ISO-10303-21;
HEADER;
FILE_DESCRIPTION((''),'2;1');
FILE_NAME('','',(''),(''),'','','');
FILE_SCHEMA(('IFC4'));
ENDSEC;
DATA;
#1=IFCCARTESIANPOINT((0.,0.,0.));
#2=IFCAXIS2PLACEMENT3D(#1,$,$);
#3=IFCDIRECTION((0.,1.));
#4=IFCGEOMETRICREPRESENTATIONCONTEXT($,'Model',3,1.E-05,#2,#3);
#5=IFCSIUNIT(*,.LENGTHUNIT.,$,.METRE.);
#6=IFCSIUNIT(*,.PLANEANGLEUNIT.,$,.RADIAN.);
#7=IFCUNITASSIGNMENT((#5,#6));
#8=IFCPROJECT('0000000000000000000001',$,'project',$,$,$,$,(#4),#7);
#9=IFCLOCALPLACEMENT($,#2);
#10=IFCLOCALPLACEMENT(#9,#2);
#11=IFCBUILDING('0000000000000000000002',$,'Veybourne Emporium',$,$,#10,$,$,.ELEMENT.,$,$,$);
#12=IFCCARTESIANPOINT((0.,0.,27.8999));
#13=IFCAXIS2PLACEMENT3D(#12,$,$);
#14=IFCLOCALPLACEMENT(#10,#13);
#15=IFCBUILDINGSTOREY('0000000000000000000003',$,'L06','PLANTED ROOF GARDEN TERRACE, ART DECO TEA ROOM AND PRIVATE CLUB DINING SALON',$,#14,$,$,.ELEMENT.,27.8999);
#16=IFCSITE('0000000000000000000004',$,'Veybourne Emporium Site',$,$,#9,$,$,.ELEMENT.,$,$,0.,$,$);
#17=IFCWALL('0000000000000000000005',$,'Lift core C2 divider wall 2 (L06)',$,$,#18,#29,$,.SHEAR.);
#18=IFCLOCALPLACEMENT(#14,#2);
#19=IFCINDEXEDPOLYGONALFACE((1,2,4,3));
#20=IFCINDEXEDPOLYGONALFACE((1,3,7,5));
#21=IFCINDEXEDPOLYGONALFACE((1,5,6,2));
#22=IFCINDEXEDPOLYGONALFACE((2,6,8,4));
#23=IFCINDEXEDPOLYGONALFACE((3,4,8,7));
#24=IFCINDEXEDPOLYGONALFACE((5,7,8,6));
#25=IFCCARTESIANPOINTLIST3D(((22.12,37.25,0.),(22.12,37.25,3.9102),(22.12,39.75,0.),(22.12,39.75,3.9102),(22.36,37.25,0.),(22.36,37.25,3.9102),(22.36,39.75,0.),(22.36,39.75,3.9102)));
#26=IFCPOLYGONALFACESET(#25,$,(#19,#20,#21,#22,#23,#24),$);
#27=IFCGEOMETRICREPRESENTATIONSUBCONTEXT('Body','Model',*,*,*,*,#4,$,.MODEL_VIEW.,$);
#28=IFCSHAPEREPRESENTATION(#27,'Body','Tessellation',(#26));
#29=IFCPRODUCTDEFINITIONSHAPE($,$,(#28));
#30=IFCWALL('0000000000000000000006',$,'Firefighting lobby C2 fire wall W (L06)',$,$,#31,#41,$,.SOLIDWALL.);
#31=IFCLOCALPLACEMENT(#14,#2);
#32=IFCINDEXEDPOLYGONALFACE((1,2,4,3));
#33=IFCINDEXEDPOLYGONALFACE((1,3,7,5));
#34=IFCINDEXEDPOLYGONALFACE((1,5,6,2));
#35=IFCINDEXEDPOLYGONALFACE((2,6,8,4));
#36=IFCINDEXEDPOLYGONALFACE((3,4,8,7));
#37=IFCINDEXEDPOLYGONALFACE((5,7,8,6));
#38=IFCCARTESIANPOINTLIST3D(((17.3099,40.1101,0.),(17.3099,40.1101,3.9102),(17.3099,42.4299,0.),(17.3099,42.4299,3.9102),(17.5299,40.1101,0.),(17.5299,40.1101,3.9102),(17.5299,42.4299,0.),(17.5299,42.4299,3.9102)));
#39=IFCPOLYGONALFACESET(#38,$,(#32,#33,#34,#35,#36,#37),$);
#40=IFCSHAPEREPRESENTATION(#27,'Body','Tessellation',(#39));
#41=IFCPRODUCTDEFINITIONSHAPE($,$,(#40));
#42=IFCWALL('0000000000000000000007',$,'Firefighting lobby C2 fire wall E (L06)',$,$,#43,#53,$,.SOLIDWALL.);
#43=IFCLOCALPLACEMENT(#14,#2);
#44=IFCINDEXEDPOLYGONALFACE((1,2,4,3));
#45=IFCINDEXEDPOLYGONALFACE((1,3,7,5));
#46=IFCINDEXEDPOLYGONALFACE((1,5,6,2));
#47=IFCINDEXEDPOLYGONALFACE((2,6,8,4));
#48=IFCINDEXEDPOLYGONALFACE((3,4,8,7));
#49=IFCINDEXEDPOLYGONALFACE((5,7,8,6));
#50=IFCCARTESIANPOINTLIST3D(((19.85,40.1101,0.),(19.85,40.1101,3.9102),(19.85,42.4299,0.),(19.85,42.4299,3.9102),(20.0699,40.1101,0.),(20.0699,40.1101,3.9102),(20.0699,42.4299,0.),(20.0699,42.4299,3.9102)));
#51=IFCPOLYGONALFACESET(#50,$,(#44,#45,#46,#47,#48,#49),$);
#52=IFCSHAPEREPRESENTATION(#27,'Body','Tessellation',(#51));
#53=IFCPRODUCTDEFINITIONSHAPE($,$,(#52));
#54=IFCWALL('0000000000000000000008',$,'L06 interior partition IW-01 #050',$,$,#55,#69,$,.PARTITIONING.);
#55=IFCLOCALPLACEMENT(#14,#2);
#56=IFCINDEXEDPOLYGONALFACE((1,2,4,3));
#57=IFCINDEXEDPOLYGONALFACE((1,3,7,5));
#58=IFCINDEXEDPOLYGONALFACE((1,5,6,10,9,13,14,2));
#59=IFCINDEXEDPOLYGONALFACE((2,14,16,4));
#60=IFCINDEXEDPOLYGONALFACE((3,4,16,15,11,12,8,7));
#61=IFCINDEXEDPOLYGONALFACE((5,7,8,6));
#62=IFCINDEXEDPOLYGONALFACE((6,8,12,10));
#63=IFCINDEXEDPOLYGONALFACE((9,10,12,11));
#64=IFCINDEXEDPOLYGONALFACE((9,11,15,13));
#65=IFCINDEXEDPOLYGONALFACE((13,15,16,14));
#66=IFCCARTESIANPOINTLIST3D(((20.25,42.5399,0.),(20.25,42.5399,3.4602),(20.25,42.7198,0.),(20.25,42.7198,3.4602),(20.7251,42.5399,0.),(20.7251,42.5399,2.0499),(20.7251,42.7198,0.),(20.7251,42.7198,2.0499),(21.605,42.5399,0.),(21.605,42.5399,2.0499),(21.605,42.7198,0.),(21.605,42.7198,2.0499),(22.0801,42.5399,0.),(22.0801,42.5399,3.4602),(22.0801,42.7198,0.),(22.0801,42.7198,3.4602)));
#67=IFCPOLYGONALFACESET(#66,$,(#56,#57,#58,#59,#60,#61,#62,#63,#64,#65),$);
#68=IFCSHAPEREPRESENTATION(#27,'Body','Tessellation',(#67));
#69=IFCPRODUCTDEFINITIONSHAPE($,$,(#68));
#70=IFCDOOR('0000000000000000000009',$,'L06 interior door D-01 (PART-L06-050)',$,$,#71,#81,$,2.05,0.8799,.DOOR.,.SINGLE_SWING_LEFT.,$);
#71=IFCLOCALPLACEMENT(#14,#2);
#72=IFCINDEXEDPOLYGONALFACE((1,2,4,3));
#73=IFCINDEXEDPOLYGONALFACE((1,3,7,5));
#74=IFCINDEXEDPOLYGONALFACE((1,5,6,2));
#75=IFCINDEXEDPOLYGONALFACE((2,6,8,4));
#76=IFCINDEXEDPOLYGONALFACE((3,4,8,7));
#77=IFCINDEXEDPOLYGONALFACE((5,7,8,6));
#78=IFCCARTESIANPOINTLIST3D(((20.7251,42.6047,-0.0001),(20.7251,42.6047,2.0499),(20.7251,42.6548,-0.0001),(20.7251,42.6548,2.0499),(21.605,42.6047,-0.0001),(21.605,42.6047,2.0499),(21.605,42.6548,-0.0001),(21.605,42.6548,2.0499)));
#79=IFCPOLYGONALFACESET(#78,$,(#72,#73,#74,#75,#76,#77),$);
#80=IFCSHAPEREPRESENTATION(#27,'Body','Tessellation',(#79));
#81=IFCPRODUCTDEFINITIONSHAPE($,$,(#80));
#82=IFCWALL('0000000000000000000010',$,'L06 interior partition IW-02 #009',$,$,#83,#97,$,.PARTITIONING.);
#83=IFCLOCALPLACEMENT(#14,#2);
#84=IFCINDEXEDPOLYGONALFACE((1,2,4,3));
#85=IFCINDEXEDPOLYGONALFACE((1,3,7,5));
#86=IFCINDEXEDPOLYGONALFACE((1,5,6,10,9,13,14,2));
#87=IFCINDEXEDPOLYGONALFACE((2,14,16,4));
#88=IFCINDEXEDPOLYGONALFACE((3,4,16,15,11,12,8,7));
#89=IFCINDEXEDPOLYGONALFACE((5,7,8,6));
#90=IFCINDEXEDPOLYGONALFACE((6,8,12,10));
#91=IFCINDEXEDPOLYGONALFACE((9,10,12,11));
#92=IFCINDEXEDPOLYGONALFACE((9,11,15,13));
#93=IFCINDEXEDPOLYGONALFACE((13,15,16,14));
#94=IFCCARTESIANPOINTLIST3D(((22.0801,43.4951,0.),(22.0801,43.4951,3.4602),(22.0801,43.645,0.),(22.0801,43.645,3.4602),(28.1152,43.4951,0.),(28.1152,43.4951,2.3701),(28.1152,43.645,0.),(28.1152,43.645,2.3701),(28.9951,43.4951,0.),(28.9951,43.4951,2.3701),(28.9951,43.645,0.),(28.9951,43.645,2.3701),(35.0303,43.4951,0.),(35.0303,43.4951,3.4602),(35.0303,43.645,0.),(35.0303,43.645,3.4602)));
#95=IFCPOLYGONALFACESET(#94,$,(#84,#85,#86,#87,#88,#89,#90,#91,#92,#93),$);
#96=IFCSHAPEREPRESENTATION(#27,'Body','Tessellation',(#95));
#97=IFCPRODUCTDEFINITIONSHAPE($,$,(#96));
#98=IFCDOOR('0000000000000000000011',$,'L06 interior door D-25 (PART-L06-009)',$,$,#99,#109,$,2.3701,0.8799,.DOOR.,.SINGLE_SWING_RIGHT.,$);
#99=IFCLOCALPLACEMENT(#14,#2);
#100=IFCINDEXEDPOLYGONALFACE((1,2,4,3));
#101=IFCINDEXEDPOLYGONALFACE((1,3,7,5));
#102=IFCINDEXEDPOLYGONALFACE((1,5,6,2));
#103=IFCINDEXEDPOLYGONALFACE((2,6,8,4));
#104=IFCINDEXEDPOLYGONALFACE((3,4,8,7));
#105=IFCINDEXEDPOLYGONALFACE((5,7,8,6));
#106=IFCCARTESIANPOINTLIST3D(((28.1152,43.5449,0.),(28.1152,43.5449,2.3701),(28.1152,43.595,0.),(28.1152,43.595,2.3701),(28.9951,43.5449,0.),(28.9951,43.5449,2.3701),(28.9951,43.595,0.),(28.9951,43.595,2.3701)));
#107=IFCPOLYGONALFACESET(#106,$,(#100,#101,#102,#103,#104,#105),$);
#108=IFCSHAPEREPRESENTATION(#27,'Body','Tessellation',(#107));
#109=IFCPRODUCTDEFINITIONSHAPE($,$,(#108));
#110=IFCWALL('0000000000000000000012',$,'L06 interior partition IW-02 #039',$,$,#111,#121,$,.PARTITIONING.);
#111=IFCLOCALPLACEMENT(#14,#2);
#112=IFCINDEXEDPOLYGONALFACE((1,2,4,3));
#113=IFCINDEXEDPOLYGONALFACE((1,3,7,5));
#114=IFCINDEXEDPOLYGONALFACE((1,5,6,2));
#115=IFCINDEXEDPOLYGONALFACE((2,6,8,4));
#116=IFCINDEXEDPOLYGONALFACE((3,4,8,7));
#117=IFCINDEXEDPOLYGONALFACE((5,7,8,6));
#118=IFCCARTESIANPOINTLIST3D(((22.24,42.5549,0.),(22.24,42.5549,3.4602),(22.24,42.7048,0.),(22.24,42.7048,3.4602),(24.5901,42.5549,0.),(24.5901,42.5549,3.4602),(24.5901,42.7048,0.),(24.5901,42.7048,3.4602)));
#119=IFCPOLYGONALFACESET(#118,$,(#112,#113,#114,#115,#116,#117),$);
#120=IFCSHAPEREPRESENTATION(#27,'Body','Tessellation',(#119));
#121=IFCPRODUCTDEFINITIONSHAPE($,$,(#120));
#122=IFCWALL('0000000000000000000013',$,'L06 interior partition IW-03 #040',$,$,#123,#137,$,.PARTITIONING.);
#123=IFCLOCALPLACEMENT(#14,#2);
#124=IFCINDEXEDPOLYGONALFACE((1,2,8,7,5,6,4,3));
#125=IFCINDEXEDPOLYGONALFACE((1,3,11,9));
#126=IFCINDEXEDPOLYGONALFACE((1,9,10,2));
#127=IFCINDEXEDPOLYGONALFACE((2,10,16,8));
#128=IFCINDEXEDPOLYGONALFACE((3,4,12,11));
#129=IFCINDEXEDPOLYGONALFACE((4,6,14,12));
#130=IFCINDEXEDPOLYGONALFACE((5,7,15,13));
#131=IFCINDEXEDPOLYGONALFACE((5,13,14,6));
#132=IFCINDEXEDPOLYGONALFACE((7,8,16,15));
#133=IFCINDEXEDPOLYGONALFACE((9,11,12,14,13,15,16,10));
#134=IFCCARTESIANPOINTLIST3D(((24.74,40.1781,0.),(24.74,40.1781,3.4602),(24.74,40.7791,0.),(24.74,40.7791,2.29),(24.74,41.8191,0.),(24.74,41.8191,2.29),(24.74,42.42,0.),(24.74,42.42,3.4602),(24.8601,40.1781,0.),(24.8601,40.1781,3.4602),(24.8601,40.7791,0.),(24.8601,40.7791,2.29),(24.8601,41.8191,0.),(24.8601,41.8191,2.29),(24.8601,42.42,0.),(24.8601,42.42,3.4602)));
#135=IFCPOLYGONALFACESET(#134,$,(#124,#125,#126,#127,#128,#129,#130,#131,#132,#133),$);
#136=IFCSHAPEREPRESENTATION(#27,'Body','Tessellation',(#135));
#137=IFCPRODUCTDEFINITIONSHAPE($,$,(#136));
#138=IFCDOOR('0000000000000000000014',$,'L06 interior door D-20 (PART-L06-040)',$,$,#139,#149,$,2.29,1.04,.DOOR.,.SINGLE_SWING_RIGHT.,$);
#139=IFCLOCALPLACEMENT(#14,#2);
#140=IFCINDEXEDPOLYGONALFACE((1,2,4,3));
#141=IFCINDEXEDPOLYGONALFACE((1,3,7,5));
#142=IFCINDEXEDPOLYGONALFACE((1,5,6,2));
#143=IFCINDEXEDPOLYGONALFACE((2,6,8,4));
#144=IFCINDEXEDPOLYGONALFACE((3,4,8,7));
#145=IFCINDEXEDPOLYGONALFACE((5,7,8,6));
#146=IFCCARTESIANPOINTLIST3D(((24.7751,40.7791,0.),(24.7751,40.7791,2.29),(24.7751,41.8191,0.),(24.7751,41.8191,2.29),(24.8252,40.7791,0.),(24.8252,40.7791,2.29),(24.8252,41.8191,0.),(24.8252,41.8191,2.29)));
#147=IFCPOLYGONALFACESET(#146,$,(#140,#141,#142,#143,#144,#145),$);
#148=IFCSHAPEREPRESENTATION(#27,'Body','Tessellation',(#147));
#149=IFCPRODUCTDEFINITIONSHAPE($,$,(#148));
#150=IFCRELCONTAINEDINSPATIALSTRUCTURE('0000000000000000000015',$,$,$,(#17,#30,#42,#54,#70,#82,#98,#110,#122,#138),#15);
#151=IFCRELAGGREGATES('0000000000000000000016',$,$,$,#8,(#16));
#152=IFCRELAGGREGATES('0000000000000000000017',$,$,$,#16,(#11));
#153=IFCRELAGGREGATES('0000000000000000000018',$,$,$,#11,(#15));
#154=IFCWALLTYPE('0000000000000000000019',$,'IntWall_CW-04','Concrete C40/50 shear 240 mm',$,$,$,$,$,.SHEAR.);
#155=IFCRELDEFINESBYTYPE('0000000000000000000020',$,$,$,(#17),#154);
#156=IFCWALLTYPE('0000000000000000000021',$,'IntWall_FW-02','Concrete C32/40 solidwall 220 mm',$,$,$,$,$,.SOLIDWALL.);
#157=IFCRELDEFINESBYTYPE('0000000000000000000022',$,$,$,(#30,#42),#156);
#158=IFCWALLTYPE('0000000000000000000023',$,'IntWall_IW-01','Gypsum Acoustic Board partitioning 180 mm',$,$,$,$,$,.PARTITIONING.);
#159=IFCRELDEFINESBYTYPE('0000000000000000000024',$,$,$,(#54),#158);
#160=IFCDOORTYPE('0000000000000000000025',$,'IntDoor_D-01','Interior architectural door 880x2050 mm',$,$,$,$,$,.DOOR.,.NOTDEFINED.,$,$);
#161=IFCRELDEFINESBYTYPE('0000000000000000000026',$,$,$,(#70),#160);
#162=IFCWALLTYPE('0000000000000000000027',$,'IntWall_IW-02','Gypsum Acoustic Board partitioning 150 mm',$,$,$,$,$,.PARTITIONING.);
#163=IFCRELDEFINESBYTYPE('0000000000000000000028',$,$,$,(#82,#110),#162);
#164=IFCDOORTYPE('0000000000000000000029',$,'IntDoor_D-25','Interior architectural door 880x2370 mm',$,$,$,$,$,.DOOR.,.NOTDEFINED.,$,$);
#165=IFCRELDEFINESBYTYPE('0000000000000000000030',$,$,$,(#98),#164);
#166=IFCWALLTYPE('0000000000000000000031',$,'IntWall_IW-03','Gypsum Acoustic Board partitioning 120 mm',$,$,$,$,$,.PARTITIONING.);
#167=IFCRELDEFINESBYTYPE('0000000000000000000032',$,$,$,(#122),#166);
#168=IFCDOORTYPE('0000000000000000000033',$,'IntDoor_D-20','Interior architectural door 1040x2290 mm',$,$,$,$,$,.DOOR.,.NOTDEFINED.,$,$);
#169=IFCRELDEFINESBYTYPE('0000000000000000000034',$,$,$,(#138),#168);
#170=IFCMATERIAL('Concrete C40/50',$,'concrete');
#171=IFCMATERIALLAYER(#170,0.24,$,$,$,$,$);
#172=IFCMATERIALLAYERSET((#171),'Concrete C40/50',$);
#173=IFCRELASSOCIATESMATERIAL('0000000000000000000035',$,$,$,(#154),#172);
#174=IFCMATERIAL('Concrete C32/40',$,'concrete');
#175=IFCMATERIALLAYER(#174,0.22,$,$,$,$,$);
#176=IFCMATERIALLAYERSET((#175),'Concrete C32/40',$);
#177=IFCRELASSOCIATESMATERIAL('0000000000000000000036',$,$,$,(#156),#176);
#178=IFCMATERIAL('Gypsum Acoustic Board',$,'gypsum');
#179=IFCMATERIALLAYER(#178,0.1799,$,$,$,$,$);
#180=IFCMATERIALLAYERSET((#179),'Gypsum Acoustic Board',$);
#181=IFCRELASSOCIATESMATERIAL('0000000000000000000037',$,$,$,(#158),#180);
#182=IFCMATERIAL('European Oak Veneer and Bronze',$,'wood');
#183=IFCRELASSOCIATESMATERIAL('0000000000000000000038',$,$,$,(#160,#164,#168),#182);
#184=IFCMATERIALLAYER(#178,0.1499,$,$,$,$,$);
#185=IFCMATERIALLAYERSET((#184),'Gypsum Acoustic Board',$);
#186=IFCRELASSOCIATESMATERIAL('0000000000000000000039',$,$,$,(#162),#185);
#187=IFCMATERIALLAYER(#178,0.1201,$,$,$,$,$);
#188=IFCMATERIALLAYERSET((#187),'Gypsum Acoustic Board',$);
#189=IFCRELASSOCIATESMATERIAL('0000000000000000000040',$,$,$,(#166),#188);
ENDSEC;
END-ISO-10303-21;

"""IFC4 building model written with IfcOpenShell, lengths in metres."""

from ifc_helpers import new_model, si_unit, direction, frame, frame_2d, origin, place, context, subcontext, project, spatial, rectangle, extrude, material, layer, layer_set, type_object, element, fill, save


model = new_model("IFC4")

# Units and contexts
model_context = context("Model", 3, precision=1e-05, world=origin(), true_north=direction((0.0, 1.0)))
body_context = subcontext(model_context, "Body", "Model", "MODEL_VIEW")
ifc_project = project(units=[si_unit("LENGTHUNIT", "METRE"), si_unit("PLANEANGLEUNIT", "RADIAN")], contexts=[model_context])

# Site, building, storey
site_placement = place(None, origin())
site = spatial("IfcSite", under=ifc_project, at=site_placement, Name="Veybourne Emporium Site", CompositionType="ELEMENT", RefElevation=0.0)
building_placement = place(site_placement, origin())
building = spatial("IfcBuilding", under=site, at=building_placement, Name="Veybourne Emporium", CompositionType="ELEMENT")
storey_placement = place(building_placement, frame((0.0, 0.0, 27.8999)))
storey = spatial("IfcBuildingStorey", under=building, at=storey_placement, Name="L06", Description="PLANTED ROOF GARDEN TERRACE, ART DECO TEA ROOM AND PRIVATE CLUB DINING SALON", CompositionType="ELEMENT", Elevation=27.8999)

# Shared definitions
ifc_material_1 = material(Name="Concrete C40/50", Category="concrete")

# Shared definitions
ifc_material_2 = material(Name="Concrete C32/40", Category="concrete")

# Shared definitions
ifc_layer_1 = layer(ifc_material_1, 0.24)
ifc_layer_set_1 = layer_set([ifc_layer_1], Name="Concrete C40/50")
wall_type_1 = type_object("IfcWallType", Name="IntWall_CW-04", Description="Concrete C40/50 shear 240 mm", PredefinedType="SHEAR", material=ifc_layer_set_1)

# Wall
for number, where, z_axis, x_axis, name in (
    (1, (22.24, 37.25, 0.0), (0.0, 0.0, 1.0), (0.0, 1.0, 0.0), "Lift core C2 divider wall 2 (L06)"),
):
    element("IfcWall", number, at=place(storey_placement, frame(where, z_axis=z_axis, x_axis=x_axis)), inside=storey, type_object=wall_type_1, Name=name, PredefinedType="SHEAR", context=body_context, shape_type="SweptSolid", body=[
        extrude(rectangle(XDim=2.5, YDim=0.24, at=frame_2d((1.25, 0.0))), origin(), (0.0, 0.0, 1.0), 3.9102),
    ])

# Shared definitions
ifc_layer_2 = layer(ifc_material_2, 0.22)
ifc_layer_set_2 = layer_set([ifc_layer_2], Name="Concrete C32/40")
wall_type_2 = type_object("IfcWallType", Name="IntWall_FW-02", Description="Concrete C32/40 solidwall 220 mm", PredefinedType="SOLIDWALL", material=ifc_layer_set_2)

# Walls
for number, where, z_axis, x_axis, name in (
    (2, (17.4199, 40.1101, 0.0), (0.0, 0.0, 1.0), (0.0, 1.0, 0.0), "Firefighting lobby C2 fire wall W (L06)"),
    (3, (19.96, 40.1101, 0.0), (0.0, 0.0, 1.0), (0.0, 1.0, 0.0), "Firefighting lobby C2 fire wall E (L06)"),
):
    element("IfcWall", number, at=place(storey_placement, frame(where, z_axis=z_axis, x_axis=x_axis)), inside=storey, type_object=wall_type_2, Name=name, PredefinedType="SOLIDWALL", context=body_context, shape_type="SweptSolid", body=[
        extrude(rectangle(XDim=2.3198, YDim=0.22, at=frame_2d((1.1599, 0.0))), origin(), (0.0, 0.0, 1.0), 3.9102),
    ])

# Walls, openings, doors
ifc_material_3 = material(Name="Gypsum Acoustic Board", Category="gypsum")
ifc_layer_3 = layer(ifc_material_3, 0.1799)
ifc_layer_set_3 = layer_set([ifc_layer_3], Name="Gypsum Acoustic Board")
wall_type_3 = type_object("IfcWallType", Name="IntWall_IW-01", Description="Gypsum Acoustic Board partitioning 180 mm", PredefinedType="PARTITIONING", material=ifc_layer_set_3)
wall_1_placement = place(storey_placement, frame((20.25, 42.6299, 0.0), z_axis=(0.0, 0.0, 1.0), x_axis=(1.0, 0.0, 0.0)))
wall_1 = element("IfcWall", 4, at=wall_1_placement, inside=storey, type_object=wall_type_3, Name="L06 interior partition IW-01 #050", PredefinedType="PARTITIONING", context=body_context, shape_type="SweptSolid", body=[
    extrude(rectangle(XDim=1.8301, YDim=0.1799, at=frame_2d((0.915, 0.0))), origin(), (0.0, 0.0, 1.0), 3.4602),
])
opening_1_placement = place(wall_1_placement, frame((0.4751, 0.0, 0.0)))
opening_1 = element("IfcOpeningElement", 5, at=opening_1_placement, cuts=wall_1, PredefinedType="OPENING", context=body_context, shape_type="SweptSolid", body=[
    extrude(rectangle(XDim=0.8799, YDim=2.05, at=frame_2d((0.4399, 1.0249))), frame((0.0, 0.1099, 0.0), z_axis=(0.0, -1.0, 0.0), x_axis=(1.0, 0.0, 0.0)), (0.0, 0.0, 1.0), 0.22),
])
ifc_material_4 = material(Name="European Oak Veneer and Bronze", Category="wood")
door_type_1 = type_object("IfcDoorType", Name="IntDoor_D-01", Description="Interior architectural door 880x2050 mm", OperationType="NOTDEFINED", PredefinedType="DOOR", material=ifc_material_4)
door_1_placement = place(opening_1_placement, origin())
door_1 = element("IfcDoor", 6, at=door_1_placement, inside=storey, type_object=door_type_1, Name="L06 interior door D-01 (PART-L06-050)", OperationType="SINGLE_SWING_LEFT", OverallHeight=2.05, OverallWidth=0.8799, PredefinedType="DOOR", context=body_context, shape_type="SweptSolid", body=[
    extrude(rectangle(XDim=0.8799, YDim=2.05, at=frame_2d((0.4399, 1.0249))), frame((0.0, 0.0249, 0.0), z_axis=(0.0, -1.0, 0.0), x_axis=(1.0, 0.0, 0.0)), (0.0, 0.0, 1.0), 0.05),
])
fill(opening_1, door_1)
ifc_layer_4 = layer(ifc_material_3, 0.1499)
ifc_layer_set_4 = layer_set([ifc_layer_4], Name="Gypsum Acoustic Board")
wall_type_4 = type_object("IfcWallType", Name="IntWall_IW-02", Description="Gypsum Acoustic Board partitioning 150 mm", PredefinedType="PARTITIONING", material=ifc_layer_set_4)
wall_2_placement = place(storey_placement, frame((22.0801, 43.5701, 0.0), z_axis=(0.0, 0.0, 1.0), x_axis=(1.0, 0.0, 0.0)))
wall_2 = element("IfcWall", 7, at=wall_2_placement, inside=storey, type_object=wall_type_4, Name="L06 interior partition IW-02 #009", PredefinedType="PARTITIONING", context=body_context, shape_type="SweptSolid", body=[
    extrude(rectangle(XDim=12.9502, YDim=0.1499, at=frame_2d((6.4751, 0.0))), origin(), (0.0, 0.0, 1.0), 3.4602),
])
opening_2_placement = place(wall_2_placement, frame((6.0352, 0.0, 0.0)))
opening_2 = element("IfcOpeningElement", 8, at=opening_2_placement, cuts=wall_2, PredefinedType="OPENING", context=body_context, shape_type="SweptSolid", body=[
    extrude(rectangle(XDim=0.8799, YDim=2.3701, at=frame_2d((0.4399, 1.1851))), frame((0.0, 0.095, 0.0), z_axis=(0.0, -1.0, 0.0), x_axis=(1.0, 0.0, 0.0)), (0.0, 0.0, 1.0), 0.1899),
])
door_type_2 = type_object("IfcDoorType", Name="IntDoor_D-25", Description="Interior architectural door 880x2370 mm", OperationType="NOTDEFINED", PredefinedType="DOOR", material=ifc_material_4)
door_2_placement = place(opening_2_placement, origin())
door_2 = element("IfcDoor", 9, at=door_2_placement, inside=storey, type_object=door_type_2, Name="L06 interior door D-25 (PART-L06-009)", OperationType="SINGLE_SWING_RIGHT", OverallHeight=2.3701, OverallWidth=0.8799, PredefinedType="DOOR", context=body_context, shape_type="SweptSolid", body=[
    extrude(rectangle(XDim=0.8799, YDim=2.3701, at=frame_2d((0.4399, 1.1851))), frame((0.0, 0.0249, 0.0), z_axis=(0.0, -1.0, 0.0), x_axis=(1.0, 0.0, 0.0)), (0.0, 0.0, 1.0), 0.05),
])
fill(opening_2, door_2)

# Wall
wall_3_placement = place(storey_placement, frame((22.24, 42.6299, 0.0), z_axis=(0.0, 0.0, 1.0), x_axis=(1.0, 0.0, 0.0)))
element("IfcWall", 10, at=wall_3_placement, inside=storey, type_object=wall_type_4, Name="L06 interior partition IW-02 #039", PredefinedType="PARTITIONING", context=body_context, shape_type="SweptSolid", body=[
    extrude(rectangle(XDim=2.3501, YDim=0.1499, at=frame_2d((1.175, 0.0))), origin(), (0.0, 0.0, 1.0), 3.4602),
])

# Wall, opening, door
ifc_layer_5 = layer(ifc_material_3, 0.1201)
ifc_layer_set_5 = layer_set([ifc_layer_5], Name="Gypsum Acoustic Board")
wall_type_5 = type_object("IfcWallType", Name="IntWall_IW-03", Description="Gypsum Acoustic Board partitioning 120 mm", PredefinedType="PARTITIONING", material=ifc_layer_set_5)
wall_4_placement = place(storey_placement, frame((24.8, 40.178, 0.0), z_axis=(0.0, 0.0, 1.0), x_axis=(0.0, 1.0, 0.0)))
wall_4 = element("IfcWall", 11, at=wall_4_placement, inside=storey, type_object=wall_type_5, Name="L06 interior partition IW-03 #040", PredefinedType="PARTITIONING", context=body_context, shape_type="SweptSolid", body=[
    extrude(rectangle(XDim=2.2419, YDim=0.1201, at=frame_2d((1.1211, 0.0))), origin(), (0.0, 0.0, 1.0), 3.4602),
])
opening_3_placement = place(wall_4_placement, frame((0.6011, 0.0, 0.0)))
opening_3 = element("IfcOpeningElement", 12, at=opening_3_placement, cuts=wall_4, PredefinedType="OPENING", context=body_context, shape_type="SweptSolid", body=[
    extrude(rectangle(XDim=1.04, YDim=2.29, at=frame_2d((0.52, 1.145))), frame((0.0, 0.0801, 0.0), z_axis=(0.0, -1.0, 0.0), x_axis=(1.0, 0.0, 0.0)), (0.0, 0.0, 1.0), 0.1602),
])
door_type_3 = type_object("IfcDoorType", Name="IntDoor_D-20", Description="Interior architectural door 1040x2290 mm", OperationType="NOTDEFINED", PredefinedType="DOOR", material=ifc_material_4)
door_3_placement = place(opening_3_placement, origin())
door_3 = element("IfcDoor", 13, at=door_3_placement, inside=storey, type_object=door_type_3, Name="L06 interior door D-20 (PART-L06-040)", OperationType="SINGLE_SWING_RIGHT", OverallHeight=2.29, OverallWidth=1.04, PredefinedType="DOOR", context=body_context, shape_type="SweptSolid", body=[
    extrude(rectangle(XDim=1.04, YDim=2.29, at=frame_2d((0.52, 1.145))), frame((0.0, 0.0249, 0.0), z_axis=(0.0, -1.0, 0.0), x_axis=(1.0, 0.0, 0.0)), (0.0, 0.0, 1.0), 0.05),
])
fill(opening_3, door_3)

save(model, "model.ifc")
